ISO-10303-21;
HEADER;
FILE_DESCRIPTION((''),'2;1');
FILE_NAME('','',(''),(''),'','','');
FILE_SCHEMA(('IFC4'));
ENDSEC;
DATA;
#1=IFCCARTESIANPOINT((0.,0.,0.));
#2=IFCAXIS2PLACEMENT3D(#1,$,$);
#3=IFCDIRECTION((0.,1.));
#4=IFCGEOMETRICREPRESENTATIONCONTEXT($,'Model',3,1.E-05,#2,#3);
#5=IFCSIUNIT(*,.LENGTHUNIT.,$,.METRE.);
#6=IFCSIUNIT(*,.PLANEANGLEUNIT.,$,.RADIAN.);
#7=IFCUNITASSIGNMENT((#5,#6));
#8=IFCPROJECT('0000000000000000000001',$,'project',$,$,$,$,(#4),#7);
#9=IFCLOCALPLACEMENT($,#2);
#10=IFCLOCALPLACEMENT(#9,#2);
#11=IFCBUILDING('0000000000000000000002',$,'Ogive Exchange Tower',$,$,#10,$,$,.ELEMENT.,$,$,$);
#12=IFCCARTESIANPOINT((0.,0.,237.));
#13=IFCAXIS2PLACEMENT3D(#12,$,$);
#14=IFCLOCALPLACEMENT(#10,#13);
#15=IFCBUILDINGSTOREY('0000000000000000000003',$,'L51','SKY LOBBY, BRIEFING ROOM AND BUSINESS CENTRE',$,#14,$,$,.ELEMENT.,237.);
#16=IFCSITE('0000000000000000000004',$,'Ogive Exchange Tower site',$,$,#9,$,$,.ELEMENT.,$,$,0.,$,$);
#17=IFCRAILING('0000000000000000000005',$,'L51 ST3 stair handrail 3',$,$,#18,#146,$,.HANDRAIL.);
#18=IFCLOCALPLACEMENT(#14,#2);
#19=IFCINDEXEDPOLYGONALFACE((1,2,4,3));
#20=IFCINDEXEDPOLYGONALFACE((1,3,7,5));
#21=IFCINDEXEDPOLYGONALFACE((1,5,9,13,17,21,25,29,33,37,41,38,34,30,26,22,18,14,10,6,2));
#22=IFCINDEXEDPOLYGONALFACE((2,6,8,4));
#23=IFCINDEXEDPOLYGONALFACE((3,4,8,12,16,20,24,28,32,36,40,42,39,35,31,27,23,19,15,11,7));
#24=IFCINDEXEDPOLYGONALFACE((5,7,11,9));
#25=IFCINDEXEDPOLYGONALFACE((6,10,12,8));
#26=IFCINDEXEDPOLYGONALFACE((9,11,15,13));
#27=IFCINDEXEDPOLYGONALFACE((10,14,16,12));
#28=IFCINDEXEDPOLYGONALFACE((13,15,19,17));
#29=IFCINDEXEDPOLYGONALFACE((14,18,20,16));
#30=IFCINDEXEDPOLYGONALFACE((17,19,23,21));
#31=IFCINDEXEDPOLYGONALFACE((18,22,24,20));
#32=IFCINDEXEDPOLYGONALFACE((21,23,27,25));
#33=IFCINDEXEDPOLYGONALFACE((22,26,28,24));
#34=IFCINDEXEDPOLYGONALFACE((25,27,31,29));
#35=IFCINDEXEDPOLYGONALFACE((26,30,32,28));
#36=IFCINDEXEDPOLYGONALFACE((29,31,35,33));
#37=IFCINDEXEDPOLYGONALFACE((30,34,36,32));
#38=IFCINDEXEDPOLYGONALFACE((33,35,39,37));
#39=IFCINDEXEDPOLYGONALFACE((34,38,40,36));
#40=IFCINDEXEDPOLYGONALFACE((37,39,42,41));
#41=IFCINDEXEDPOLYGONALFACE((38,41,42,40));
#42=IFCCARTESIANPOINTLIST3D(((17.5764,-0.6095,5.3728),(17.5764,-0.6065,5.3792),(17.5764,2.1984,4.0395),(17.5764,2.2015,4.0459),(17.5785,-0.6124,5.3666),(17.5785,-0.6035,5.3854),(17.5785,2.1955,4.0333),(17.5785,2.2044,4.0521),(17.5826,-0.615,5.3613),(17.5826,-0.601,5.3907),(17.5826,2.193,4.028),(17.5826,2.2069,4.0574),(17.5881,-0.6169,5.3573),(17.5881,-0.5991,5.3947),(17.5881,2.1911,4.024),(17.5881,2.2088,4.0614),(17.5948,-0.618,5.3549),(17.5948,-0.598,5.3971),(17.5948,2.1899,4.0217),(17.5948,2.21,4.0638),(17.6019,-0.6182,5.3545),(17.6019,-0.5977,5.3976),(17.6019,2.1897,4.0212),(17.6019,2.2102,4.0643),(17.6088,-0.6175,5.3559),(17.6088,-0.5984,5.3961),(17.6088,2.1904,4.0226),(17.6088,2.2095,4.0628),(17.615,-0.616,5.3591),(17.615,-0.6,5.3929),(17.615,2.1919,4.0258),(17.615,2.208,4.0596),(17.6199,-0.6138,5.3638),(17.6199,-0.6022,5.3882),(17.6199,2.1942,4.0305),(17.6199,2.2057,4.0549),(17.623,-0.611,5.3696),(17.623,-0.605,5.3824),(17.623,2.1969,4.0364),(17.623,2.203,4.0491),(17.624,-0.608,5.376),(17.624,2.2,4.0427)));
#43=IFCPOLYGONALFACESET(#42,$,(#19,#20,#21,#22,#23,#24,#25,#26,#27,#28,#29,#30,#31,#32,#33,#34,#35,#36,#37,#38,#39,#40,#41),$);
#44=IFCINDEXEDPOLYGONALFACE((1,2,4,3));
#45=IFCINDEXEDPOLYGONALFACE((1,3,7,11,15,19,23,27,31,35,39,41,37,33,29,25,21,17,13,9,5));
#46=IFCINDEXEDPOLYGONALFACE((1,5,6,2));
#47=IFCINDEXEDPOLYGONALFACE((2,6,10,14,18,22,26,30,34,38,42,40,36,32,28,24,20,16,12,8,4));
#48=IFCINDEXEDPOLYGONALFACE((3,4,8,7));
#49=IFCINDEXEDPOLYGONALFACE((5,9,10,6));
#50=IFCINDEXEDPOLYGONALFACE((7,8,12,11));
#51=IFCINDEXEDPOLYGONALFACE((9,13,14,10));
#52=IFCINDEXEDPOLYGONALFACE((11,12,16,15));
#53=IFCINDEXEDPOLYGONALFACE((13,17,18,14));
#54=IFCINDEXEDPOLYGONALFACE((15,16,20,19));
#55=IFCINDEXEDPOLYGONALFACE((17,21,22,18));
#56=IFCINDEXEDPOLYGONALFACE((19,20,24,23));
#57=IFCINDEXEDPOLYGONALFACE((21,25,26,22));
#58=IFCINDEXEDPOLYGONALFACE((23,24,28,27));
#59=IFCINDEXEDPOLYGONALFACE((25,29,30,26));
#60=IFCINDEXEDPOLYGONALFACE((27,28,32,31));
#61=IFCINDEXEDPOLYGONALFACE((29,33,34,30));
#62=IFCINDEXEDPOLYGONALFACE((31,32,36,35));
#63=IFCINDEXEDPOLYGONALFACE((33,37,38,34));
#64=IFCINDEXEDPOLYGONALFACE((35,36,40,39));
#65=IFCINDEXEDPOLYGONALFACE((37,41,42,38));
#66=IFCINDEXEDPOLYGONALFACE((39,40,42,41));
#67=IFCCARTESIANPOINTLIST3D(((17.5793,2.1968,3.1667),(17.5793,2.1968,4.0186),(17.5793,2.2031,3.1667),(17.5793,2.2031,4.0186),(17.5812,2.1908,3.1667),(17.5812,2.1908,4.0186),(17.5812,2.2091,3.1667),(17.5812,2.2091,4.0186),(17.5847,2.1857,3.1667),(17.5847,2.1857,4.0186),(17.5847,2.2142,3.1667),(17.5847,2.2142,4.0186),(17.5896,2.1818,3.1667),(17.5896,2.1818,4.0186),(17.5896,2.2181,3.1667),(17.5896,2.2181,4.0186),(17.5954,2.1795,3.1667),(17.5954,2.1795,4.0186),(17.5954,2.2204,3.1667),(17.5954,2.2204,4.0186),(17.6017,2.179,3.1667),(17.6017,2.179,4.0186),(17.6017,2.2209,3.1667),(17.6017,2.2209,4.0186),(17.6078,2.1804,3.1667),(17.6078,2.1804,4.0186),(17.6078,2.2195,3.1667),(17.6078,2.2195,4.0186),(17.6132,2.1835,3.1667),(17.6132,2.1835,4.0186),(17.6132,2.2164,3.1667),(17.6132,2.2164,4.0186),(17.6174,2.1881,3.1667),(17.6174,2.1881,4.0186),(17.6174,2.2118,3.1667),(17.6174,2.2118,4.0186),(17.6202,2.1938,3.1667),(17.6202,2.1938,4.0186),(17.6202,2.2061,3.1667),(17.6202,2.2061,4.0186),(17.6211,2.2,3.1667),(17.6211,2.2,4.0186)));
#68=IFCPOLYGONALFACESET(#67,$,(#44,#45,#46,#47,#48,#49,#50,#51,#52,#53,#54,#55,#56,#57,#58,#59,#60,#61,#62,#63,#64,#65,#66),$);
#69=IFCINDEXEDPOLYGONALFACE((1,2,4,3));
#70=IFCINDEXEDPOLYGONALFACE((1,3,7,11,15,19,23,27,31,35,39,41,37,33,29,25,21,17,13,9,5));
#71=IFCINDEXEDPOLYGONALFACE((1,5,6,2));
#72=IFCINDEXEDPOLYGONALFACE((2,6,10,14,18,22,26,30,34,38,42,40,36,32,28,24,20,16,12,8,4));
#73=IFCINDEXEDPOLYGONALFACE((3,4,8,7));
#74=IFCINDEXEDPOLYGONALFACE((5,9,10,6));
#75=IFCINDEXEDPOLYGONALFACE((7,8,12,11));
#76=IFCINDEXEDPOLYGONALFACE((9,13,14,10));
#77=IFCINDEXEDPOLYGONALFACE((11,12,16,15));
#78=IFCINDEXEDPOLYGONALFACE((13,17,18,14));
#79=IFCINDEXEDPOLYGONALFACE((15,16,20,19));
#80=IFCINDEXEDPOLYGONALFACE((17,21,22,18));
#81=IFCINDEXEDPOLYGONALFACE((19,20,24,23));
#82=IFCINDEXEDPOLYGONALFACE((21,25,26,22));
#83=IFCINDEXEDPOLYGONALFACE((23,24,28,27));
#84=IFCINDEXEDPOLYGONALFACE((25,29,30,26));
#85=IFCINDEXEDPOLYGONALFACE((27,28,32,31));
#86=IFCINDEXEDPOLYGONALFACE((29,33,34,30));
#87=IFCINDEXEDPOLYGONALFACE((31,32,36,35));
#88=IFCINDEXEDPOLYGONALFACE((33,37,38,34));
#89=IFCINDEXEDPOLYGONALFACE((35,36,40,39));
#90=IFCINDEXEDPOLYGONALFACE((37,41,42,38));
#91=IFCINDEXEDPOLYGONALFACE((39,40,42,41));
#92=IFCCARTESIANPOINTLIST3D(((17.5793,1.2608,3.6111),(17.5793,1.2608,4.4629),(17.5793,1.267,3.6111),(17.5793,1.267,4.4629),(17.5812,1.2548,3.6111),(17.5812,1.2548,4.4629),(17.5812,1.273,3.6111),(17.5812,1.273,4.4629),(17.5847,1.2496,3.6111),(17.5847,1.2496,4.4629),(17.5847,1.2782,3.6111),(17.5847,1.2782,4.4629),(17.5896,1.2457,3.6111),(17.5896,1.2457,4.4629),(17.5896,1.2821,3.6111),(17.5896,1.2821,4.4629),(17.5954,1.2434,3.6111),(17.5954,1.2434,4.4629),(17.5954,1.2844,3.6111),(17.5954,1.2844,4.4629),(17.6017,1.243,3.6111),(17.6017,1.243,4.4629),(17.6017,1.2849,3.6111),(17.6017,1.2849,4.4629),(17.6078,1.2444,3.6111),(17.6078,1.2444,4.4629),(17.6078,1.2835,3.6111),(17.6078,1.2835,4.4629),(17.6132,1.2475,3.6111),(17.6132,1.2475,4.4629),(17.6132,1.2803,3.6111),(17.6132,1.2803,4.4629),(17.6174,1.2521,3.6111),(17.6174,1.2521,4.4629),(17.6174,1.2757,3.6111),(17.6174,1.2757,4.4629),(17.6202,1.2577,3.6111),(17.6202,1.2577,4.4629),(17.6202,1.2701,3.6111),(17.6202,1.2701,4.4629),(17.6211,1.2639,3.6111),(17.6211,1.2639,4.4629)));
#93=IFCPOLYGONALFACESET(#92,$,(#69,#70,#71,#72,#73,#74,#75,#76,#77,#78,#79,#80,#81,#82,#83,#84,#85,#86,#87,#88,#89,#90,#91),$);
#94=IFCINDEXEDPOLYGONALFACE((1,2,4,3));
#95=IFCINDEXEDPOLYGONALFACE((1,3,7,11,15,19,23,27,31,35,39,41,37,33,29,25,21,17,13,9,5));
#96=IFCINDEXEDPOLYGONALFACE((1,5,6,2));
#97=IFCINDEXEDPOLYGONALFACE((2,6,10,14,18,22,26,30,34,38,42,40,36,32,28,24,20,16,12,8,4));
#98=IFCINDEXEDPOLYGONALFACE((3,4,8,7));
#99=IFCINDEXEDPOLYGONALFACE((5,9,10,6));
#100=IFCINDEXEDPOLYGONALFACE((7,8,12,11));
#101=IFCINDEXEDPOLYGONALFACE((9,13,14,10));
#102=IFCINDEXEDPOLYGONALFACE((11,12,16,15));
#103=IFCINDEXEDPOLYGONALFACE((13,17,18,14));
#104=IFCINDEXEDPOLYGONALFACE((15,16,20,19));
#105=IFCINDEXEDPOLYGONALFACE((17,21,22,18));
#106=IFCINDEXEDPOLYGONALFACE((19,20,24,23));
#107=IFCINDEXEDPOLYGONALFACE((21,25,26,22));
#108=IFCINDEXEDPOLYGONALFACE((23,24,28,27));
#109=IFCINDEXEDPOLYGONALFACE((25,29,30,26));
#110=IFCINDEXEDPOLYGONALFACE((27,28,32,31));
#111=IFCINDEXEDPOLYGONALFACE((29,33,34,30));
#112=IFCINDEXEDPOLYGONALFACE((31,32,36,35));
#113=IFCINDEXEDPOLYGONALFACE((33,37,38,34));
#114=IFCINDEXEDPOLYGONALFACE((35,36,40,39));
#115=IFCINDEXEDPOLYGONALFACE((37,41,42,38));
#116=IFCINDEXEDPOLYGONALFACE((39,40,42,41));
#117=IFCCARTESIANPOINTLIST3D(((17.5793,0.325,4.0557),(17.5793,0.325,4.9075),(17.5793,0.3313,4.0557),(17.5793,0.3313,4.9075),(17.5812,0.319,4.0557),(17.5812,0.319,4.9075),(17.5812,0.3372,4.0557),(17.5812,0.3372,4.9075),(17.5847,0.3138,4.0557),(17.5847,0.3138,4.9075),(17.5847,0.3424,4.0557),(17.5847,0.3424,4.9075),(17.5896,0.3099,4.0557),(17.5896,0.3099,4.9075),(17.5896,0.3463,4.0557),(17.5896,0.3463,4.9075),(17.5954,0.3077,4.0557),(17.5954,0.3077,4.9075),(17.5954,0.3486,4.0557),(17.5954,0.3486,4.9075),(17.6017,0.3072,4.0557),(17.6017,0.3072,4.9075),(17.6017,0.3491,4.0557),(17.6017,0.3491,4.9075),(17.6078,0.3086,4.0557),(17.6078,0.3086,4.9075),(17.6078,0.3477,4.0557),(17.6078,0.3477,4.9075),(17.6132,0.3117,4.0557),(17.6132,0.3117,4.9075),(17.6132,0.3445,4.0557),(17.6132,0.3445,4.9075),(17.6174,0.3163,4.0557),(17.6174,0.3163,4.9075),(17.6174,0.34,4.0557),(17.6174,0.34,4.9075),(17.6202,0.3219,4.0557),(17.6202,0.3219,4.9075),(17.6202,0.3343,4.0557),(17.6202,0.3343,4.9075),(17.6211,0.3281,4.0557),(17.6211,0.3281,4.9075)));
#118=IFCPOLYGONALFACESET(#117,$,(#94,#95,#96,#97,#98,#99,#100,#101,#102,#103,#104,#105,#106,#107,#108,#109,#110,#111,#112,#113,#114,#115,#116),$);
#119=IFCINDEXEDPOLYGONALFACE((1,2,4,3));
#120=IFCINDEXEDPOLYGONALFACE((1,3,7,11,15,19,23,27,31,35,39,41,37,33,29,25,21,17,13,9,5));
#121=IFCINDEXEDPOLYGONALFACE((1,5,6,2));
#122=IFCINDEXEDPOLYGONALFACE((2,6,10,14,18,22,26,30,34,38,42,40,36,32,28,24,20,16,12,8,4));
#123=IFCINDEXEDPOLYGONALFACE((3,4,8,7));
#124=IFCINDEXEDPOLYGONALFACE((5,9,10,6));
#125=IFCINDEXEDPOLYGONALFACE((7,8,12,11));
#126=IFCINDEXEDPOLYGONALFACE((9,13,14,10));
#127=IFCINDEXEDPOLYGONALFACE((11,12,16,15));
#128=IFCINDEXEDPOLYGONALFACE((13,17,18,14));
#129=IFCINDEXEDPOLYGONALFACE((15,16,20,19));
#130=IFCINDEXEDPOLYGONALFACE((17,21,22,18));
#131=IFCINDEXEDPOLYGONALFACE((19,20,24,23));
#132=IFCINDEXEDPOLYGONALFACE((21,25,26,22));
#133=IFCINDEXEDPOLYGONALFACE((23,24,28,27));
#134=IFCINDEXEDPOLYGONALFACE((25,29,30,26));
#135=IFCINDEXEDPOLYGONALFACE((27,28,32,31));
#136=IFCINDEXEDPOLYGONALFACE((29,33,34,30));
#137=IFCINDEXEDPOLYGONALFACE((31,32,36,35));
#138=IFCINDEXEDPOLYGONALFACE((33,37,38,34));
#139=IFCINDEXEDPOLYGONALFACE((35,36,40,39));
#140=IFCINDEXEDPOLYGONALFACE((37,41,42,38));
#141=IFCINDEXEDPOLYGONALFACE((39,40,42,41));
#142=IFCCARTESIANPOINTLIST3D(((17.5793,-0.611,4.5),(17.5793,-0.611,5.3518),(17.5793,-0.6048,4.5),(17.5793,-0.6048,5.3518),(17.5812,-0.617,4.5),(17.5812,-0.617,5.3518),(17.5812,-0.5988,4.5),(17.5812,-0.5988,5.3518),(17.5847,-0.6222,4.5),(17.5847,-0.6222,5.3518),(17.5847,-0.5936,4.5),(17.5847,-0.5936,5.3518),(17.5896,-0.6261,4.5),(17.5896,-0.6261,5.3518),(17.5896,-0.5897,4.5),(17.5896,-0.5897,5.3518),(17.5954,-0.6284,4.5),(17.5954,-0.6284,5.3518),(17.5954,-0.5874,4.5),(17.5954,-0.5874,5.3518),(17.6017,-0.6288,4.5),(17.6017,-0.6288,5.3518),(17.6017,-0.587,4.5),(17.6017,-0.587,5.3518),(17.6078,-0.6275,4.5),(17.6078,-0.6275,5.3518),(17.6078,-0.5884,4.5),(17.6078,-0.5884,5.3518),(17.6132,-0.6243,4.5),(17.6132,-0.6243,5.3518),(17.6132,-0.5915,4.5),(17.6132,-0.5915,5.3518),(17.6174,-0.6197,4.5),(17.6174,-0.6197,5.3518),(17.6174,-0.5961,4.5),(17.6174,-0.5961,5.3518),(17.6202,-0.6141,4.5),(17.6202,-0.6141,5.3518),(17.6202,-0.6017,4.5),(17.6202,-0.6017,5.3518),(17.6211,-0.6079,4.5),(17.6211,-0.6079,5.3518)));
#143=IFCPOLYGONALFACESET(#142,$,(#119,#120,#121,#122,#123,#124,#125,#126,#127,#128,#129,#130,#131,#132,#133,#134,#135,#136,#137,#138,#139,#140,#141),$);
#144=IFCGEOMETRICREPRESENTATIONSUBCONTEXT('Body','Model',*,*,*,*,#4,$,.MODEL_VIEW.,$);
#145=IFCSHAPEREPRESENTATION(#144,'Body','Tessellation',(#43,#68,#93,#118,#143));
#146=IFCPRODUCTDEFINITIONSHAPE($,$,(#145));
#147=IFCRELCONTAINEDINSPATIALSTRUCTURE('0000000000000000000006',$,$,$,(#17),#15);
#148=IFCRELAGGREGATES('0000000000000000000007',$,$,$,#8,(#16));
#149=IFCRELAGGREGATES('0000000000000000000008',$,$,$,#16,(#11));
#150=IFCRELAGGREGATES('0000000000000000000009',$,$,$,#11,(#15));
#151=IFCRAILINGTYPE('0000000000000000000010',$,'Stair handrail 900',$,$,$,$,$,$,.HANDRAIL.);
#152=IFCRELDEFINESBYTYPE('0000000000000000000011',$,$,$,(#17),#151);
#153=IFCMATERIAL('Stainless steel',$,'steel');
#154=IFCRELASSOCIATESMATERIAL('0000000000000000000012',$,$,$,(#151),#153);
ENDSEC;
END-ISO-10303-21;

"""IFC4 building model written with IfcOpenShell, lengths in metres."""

from ifc_helpers import new_model, si_unit, direction, frame, origin, origin_2d, place, context, subcontext, project, spatial, circle, extrude, material, type_object, element, save


model = new_model("IFC4")

# Units and contexts
model_context = context("Model", 3, precision=1e-05, world=origin(), true_north=direction((0.0, 1.0)))
body_context = subcontext(model_context, "Body", "Model", "MODEL_VIEW")
ifc_project = project(units=[si_unit("LENGTHUNIT", "METRE"), si_unit("PLANEANGLEUNIT", "RADIAN")], contexts=[model_context])

# Site, building, storey
site_placement = place(None, origin())
site = spatial("IfcSite", under=ifc_project, at=site_placement, Name="Ogive Exchange Tower site", CompositionType="ELEMENT", RefElevation=0.0)
building_placement = place(site_placement, origin())
building = spatial("IfcBuilding", under=site, at=building_placement, Name="Ogive Exchange Tower", CompositionType="ELEMENT")
storey_placement = place(building_placement, frame((0.0, 0.0, 237.0)))
storey = spatial("IfcBuildingStorey", under=building, at=storey_placement, Name="L51", Description="SKY LOBBY, BRIEFING ROOM AND BUSINESS CENTRE", CompositionType="ELEMENT", Elevation=237.0)

# Shared definitions
ifc_material_1 = material(Name="Stainless steel", Category="steel")

# Railing
railing_type = type_object("IfcRailingType", Name="Stair handrail 900", PredefinedType="HANDRAIL", material=ifc_material_1)
for number, where, name in (
    (1, (17.6001, 2.2, 3.1667), "L51 ST3 stair handrail 3"),
):
    element("IfcRailing", number, at=place(storey_placement, frame(where)), inside=storey, type_object=railing_type, Name=name, PredefinedType="HANDRAIL", context=body_context, shape_type="SweptSolid", body=[
        extrude(circle(Radius=0.0239, at=origin_2d()), frame((0.0, 0.0, 0.876), z_axis=(0.0, -0.903338, 0.42893), x_axis=(1.0, 0.0, 0.0)), (0.0, 0.0, 1.0), 3.1084),
        extrude(circle(Radius=0.021, at=origin_2d()), origin(), (0.0, 0.0, 1.0), 0.8518),
        extrude(circle(Radius=0.021, at=origin_2d()), frame((0.0, -0.936, 0.4443)), (0.0, 0.0, 1.0), 0.8518),
        extrude(circle(Radius=0.021, at=origin_2d()), frame((0.0, -1.8718, 0.8889)), (0.0, 0.0, 1.0), 0.8518),
        extrude(circle(Radius=0.021, at=origin_2d()), frame((0.0, -2.8079, 1.3333)), (0.0, 0.0, 1.0), 0.8518),
    ])

save(model, "model.ifc")
